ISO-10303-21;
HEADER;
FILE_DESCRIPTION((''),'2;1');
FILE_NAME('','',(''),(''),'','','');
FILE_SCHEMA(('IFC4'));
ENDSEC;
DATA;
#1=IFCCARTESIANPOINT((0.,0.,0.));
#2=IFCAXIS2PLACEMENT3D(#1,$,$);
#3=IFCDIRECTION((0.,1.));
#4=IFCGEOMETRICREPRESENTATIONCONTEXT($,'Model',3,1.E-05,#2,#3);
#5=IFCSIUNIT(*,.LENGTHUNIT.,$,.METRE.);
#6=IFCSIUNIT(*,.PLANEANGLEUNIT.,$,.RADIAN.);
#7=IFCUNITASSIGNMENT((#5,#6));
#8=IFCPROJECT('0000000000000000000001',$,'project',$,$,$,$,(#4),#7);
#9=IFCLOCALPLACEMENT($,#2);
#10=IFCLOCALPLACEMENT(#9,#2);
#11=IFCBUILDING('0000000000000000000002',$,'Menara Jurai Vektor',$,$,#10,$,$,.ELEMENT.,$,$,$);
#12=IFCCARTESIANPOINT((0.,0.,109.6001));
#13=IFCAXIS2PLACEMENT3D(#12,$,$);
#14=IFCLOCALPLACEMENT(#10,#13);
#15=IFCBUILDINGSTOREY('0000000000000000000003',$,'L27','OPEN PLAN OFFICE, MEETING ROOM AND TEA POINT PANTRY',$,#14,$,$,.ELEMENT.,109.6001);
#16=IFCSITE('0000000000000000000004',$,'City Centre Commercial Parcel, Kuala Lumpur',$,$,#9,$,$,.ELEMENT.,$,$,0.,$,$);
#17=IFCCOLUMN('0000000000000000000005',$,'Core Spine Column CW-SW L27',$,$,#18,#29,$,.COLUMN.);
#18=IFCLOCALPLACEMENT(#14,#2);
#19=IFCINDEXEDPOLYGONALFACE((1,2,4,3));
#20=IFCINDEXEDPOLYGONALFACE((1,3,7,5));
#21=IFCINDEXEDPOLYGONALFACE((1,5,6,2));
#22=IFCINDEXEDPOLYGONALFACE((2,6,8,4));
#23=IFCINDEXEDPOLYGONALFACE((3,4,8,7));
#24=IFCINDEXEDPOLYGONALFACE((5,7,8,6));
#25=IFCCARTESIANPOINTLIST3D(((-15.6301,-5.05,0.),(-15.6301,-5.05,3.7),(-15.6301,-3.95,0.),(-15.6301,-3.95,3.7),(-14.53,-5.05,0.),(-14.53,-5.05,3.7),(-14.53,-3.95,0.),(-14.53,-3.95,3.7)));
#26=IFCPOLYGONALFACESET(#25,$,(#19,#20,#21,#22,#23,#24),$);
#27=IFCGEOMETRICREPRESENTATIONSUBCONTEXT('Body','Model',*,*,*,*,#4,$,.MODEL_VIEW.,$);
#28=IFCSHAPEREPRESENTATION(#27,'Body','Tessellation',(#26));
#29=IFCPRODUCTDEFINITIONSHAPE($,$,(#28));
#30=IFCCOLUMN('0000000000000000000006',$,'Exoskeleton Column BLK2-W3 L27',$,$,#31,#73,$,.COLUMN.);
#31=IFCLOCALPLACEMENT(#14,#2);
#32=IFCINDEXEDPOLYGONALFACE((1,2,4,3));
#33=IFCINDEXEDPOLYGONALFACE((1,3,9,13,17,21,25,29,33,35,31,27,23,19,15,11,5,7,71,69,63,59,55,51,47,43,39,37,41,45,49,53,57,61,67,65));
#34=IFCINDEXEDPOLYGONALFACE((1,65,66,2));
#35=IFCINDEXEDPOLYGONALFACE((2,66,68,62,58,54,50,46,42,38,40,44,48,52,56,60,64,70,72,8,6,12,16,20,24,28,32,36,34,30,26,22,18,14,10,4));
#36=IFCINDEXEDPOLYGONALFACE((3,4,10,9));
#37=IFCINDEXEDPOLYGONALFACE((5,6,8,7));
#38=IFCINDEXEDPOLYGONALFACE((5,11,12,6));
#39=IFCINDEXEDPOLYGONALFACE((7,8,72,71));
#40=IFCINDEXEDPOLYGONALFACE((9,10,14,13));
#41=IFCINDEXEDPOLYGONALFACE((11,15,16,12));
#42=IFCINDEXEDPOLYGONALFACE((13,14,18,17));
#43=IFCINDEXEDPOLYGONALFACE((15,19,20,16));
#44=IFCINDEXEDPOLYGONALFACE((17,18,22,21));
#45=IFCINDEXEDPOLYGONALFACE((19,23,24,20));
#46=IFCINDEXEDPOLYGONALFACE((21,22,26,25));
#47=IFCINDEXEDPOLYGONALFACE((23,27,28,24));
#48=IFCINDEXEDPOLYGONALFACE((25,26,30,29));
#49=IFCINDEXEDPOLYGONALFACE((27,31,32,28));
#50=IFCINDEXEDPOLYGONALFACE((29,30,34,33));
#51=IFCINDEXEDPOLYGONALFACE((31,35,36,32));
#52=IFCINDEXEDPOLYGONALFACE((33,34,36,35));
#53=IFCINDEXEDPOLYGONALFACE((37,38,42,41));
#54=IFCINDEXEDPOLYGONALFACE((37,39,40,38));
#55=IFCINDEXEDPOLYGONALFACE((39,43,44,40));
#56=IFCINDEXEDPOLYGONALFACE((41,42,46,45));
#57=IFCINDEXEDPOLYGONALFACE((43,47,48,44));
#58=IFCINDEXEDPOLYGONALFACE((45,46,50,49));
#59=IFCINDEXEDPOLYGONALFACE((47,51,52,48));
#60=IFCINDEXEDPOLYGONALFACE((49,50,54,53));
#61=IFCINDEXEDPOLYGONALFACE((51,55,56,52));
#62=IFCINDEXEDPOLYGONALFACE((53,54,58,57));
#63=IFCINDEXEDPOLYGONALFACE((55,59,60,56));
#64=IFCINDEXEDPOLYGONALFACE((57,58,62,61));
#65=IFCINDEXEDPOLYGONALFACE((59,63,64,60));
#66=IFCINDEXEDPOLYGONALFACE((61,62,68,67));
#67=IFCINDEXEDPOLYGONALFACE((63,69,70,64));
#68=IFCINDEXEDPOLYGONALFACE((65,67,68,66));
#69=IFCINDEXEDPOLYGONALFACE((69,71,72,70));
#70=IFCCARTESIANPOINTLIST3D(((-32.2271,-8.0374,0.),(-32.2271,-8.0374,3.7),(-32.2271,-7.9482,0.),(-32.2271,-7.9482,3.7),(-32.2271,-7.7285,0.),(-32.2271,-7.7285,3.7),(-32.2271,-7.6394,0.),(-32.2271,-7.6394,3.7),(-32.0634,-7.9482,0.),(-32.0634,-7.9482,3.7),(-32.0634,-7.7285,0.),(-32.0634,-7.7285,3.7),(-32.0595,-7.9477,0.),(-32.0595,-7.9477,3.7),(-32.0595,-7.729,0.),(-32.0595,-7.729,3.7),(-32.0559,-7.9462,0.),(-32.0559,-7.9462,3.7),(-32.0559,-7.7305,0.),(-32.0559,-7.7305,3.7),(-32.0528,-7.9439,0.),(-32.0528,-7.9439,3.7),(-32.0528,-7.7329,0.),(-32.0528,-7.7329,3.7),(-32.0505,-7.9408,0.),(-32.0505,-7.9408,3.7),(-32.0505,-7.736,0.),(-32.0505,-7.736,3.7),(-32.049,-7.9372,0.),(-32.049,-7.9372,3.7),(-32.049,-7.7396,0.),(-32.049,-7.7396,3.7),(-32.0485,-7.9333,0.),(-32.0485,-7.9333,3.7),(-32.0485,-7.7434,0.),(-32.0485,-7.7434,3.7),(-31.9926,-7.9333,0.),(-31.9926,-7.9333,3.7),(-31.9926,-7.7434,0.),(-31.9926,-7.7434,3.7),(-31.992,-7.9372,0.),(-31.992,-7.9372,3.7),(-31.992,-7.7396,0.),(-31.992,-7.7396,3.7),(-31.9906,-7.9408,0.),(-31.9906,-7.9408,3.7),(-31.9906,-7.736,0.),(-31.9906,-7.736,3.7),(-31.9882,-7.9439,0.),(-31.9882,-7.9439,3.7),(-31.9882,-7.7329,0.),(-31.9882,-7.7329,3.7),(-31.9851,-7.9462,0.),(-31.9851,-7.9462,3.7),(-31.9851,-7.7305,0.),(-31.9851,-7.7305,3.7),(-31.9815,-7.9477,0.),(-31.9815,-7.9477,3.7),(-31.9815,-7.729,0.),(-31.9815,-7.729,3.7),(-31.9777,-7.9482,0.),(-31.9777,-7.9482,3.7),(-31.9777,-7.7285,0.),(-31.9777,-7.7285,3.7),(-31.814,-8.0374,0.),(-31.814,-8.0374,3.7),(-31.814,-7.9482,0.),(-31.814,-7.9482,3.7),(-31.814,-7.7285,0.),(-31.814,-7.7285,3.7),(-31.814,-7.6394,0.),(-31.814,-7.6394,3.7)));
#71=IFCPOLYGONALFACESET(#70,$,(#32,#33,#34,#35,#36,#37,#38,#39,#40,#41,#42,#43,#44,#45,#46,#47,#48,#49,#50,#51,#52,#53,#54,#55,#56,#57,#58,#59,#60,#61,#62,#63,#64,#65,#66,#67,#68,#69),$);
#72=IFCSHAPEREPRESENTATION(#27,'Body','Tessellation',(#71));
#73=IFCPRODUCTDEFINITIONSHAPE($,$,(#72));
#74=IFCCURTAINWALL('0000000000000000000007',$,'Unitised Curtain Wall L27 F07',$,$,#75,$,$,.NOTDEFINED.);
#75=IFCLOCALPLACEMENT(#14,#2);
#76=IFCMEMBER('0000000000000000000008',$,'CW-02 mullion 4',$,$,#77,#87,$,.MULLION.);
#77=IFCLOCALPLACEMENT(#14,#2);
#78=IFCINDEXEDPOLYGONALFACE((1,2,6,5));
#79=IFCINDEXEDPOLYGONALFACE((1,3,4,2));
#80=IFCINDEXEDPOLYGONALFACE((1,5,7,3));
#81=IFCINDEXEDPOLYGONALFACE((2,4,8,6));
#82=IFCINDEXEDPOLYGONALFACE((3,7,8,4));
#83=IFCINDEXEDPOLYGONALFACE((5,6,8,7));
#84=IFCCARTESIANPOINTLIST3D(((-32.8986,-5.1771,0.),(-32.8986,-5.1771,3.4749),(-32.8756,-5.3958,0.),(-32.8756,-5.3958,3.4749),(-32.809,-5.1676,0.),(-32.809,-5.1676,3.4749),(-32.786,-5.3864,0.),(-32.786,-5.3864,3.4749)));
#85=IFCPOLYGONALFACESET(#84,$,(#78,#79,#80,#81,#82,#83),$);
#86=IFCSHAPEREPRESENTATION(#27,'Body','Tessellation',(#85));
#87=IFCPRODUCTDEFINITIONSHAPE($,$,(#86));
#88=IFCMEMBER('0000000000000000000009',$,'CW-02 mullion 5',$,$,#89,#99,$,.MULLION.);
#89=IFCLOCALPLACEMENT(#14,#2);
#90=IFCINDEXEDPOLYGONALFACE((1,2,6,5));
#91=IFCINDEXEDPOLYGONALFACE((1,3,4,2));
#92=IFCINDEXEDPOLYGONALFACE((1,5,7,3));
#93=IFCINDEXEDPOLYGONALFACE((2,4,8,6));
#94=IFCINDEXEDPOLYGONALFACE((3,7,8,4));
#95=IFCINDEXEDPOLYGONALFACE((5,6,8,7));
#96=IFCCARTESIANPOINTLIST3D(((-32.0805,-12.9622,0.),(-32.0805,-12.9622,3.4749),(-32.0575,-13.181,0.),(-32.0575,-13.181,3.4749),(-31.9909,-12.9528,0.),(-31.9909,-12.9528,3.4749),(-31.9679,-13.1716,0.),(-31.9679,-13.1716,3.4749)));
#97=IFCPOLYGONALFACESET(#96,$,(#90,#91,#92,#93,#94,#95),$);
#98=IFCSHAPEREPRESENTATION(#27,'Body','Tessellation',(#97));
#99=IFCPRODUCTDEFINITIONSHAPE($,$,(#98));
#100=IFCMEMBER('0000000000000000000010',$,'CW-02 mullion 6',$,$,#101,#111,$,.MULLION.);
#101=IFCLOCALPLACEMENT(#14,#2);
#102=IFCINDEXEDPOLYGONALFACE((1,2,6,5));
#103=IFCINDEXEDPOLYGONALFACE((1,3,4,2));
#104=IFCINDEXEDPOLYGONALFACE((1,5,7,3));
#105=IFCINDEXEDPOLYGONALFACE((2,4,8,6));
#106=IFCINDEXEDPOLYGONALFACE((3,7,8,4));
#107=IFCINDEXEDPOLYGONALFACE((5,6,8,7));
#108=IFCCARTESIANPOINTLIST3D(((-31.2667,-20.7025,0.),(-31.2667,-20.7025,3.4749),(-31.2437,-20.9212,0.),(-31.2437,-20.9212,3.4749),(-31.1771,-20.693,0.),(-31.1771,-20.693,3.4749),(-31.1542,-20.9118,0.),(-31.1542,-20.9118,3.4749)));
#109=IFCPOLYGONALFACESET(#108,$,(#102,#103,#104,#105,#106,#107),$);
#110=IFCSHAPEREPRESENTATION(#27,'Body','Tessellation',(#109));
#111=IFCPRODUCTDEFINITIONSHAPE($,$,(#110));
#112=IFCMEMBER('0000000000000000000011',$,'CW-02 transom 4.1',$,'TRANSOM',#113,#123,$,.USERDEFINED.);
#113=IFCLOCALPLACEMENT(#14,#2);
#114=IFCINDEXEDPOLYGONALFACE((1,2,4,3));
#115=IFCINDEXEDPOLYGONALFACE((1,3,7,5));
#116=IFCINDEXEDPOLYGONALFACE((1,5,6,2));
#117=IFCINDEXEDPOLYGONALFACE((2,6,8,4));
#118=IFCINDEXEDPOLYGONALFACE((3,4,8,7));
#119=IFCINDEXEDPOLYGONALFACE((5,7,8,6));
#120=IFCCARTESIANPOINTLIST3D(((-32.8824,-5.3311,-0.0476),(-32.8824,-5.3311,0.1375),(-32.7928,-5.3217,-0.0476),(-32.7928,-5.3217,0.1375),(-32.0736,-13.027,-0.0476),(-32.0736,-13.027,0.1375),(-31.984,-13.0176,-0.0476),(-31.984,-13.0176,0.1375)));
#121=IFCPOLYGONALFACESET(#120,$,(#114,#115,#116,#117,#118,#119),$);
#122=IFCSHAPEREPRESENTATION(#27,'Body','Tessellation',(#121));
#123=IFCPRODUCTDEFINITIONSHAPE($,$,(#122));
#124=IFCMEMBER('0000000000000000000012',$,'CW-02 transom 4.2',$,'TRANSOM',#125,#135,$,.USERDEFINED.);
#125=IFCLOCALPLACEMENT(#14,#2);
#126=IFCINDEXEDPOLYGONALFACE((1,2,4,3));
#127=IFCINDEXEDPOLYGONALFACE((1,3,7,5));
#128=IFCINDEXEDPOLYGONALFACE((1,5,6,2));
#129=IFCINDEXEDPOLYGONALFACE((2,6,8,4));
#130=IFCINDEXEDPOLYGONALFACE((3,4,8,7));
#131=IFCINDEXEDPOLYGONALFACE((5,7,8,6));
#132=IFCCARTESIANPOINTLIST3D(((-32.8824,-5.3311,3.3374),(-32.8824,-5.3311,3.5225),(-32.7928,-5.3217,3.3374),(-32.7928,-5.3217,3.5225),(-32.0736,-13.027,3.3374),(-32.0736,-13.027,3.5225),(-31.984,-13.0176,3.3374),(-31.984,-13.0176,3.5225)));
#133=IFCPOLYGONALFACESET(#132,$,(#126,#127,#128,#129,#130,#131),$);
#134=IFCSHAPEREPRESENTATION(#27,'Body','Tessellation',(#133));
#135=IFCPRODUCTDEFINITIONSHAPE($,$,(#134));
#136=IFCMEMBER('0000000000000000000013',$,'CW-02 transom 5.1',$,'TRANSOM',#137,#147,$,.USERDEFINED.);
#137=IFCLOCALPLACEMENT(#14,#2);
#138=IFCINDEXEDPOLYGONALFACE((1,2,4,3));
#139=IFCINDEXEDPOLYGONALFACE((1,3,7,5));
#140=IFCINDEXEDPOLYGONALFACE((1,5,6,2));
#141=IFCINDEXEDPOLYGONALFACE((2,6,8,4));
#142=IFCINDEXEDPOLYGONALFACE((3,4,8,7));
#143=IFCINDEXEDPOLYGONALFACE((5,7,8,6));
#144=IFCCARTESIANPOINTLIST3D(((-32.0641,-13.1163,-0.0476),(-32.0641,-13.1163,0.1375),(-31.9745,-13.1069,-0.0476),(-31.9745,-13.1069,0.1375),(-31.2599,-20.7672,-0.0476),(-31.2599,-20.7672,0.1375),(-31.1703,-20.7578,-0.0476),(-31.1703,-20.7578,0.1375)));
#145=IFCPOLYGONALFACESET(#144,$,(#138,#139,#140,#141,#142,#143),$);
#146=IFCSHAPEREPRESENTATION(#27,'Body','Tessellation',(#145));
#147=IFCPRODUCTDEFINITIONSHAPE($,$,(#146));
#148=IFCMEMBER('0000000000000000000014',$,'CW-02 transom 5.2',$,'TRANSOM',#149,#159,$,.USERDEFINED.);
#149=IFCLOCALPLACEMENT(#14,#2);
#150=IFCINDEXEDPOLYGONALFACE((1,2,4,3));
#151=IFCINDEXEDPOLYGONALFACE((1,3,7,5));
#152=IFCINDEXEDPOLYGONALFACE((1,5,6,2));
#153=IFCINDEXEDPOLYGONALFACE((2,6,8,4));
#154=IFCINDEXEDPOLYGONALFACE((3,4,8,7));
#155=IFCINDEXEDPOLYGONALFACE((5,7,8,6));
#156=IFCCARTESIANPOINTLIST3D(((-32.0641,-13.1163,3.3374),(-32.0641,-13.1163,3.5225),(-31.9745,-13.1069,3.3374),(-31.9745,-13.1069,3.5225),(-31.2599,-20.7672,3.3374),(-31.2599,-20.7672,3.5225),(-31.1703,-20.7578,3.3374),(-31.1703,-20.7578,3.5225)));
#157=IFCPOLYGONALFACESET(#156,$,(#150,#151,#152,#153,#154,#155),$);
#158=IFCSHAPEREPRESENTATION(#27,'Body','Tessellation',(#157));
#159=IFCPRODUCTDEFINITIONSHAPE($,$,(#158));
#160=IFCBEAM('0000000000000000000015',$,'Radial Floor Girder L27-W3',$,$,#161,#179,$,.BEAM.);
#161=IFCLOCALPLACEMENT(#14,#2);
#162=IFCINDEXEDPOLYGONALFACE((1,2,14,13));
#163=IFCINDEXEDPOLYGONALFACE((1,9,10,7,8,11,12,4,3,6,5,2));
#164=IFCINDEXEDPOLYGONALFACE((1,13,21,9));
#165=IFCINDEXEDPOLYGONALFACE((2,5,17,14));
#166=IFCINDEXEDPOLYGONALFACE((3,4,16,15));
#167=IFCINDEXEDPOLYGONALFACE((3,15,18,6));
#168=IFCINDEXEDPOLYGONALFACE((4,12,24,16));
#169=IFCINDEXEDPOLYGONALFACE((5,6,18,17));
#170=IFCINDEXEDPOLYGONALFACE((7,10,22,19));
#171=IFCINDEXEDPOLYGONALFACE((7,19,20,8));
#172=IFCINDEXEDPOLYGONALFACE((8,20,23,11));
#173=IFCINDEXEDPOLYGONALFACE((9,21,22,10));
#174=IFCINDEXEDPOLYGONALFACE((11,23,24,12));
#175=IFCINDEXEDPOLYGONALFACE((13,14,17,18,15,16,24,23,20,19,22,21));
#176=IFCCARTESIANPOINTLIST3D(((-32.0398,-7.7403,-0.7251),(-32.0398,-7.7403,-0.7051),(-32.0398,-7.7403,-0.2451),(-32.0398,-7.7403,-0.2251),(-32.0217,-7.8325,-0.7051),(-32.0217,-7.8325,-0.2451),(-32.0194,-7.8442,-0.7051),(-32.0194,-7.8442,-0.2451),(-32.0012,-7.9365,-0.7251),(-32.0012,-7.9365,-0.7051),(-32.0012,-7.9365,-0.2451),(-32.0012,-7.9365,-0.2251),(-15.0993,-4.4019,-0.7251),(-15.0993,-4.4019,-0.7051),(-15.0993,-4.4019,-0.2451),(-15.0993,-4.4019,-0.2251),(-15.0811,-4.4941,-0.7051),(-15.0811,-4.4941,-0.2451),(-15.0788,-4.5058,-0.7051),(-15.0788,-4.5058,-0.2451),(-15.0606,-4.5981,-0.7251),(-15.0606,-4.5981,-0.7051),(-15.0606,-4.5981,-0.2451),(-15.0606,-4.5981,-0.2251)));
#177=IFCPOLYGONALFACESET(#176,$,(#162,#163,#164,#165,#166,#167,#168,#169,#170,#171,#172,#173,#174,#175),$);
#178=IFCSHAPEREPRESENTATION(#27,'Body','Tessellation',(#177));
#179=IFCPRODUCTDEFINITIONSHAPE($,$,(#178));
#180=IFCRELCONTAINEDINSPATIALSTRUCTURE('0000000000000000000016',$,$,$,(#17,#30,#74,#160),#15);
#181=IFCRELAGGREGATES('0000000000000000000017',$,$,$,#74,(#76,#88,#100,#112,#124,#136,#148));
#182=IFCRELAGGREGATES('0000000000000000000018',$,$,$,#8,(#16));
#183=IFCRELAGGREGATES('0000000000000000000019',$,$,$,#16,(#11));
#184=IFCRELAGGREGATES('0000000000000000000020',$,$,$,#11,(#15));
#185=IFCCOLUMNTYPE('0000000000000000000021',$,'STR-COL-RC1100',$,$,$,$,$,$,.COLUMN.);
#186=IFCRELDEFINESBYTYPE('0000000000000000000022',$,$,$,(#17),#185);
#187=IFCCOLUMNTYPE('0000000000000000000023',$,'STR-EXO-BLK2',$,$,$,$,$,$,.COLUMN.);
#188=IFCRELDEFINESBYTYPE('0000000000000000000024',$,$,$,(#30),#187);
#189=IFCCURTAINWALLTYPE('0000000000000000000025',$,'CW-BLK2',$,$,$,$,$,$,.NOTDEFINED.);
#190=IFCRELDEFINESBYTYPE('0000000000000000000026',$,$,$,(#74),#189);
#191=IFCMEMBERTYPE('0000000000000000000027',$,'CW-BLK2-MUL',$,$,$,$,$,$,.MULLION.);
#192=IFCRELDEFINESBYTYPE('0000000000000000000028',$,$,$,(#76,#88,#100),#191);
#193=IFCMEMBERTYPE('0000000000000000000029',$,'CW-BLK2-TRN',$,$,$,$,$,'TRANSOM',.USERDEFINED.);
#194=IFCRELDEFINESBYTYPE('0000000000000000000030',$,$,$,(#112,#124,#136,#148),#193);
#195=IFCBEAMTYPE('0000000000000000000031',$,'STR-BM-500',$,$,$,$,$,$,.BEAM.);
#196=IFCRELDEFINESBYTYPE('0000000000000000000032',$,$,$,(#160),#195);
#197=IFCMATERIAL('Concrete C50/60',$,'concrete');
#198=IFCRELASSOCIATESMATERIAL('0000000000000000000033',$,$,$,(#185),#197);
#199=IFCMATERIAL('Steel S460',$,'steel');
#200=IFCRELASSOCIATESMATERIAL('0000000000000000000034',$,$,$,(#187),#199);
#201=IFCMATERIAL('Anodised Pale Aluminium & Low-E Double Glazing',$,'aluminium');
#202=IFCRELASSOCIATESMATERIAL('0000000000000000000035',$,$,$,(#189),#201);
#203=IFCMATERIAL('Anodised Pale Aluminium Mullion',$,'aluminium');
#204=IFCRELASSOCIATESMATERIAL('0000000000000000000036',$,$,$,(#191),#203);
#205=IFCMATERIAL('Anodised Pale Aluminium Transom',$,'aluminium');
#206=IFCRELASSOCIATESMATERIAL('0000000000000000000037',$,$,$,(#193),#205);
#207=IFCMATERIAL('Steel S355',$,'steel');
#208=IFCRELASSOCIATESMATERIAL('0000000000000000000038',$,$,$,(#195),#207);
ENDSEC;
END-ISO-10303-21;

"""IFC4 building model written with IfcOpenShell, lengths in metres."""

from ifc_helpers import new_model, si_unit, direction, frame, origin, origin_2d, place, context, subcontext, project, spatial, rectangle, i_section, extrude, material, material_profile, profile_set, type_object, element, aggregate, save


model = new_model("IFC4")

# Units and contexts
model_context = context("Model", 3, precision=1e-05, world=origin(), true_north=direction((0.0, 1.0)))
body_context = subcontext(model_context, "Body", "Model", "MODEL_VIEW")
ifc_project = project(units=[si_unit("LENGTHUNIT", "METRE"), si_unit("PLANEANGLEUNIT", "RADIAN")], contexts=[model_context])

# Site, building, storey
site_placement = place(None, origin())
site = spatial("IfcSite", under=ifc_project, at=site_placement, Name="City Centre Commercial Parcel, Kuala Lumpur", CompositionType="ELEMENT", RefElevation=0.0)
building_placement = place(site_placement, origin())
building = spatial("IfcBuilding", under=site, at=building_placement, Name="Menara Jurai Vektor", CompositionType="ELEMENT")
storey_placement = place(building_placement, frame((0.0, 0.0, 109.6001)))
storey = spatial("IfcBuildingStorey", under=building, at=storey_placement, Name="L27", Description="OPEN PLAN OFFICE, MEETING ROOM AND TEA POINT PANTRY", CompositionType="ELEMENT", Elevation=109.6001)

# Columns
ifc_material_1 = material(Name="Concrete C50/60", Category="concrete")
ifc_material_profile_1 = material_profile(ifc_material_1, rectangle(XDim=1.1001, YDim=1.1001, at=origin_2d()), Name="RC 1100x1100")
ifc_profile_set_1 = profile_set([ifc_material_profile_1], Name="Concrete C50/60")
column_type_1 = type_object("IfcColumnType", Name="STR-COL-RC1100", PredefinedType="COLUMN", material=ifc_profile_set_1)
column_1_placement = place(storey_placement, frame((-15.0801, -4.5, 0.0), z_axis=(0.0, 0.0, 1.0), x_axis=(1.0, 0.0, 0.0)))
element("IfcColumn", 1, at=column_1_placement, inside=storey, type_object=column_type_1, Name="Core Spine Column CW-SW L27", PredefinedType="COLUMN", context=body_context, shape_type="SweptSolid", body=[
    extrude(rectangle(XDim=1.1001, YDim=1.1001, at=origin_2d()), origin(), (0.0, 0.0, 1.0), 3.7),
])
ifc_material_2 = material(Name="Steel S460", Category="steel")
ifc_material_profile_2 = material_profile(ifc_material_2, i_section(OverallWidth=0.4131, OverallDepth=0.3979, WebThickness=0.0559, FlangeThickness=0.0891, FilletRadius=0.0149, at=origin_2d()), Name="HD 400x744")
ifc_profile_set_2 = profile_set([ifc_material_profile_2], Name="Steel S460")
column_type_2 = type_object("IfcColumnType", Name="STR-EXO-BLK2", PredefinedType="COLUMN", material=ifc_profile_set_2)
column_2_placement = place(storey_placement, frame((-32.0205, -7.8384, 0.0), z_axis=(0.0, 0.0, 1.0), x_axis=(1.0, 0.0, 0.0)))
element("IfcColumn", 2, at=column_2_placement, inside=storey, type_object=column_type_2, Name="Exoskeleton Column BLK2-W3 L27", PredefinedType="COLUMN", context=body_context, shape_type="SweptSolid", body=[
    extrude(i_section(OverallWidth=0.4131, OverallDepth=0.3979, WebThickness=0.0559, FlangeThickness=0.0891, FilletRadius=0.0149, at=origin_2d()), origin(), (0.0, 0.0, 1.0), 3.7),
])

# Curtain wall, members
ifc_material_3 = material(Name="Anodised Pale Aluminium & Low-E Double Glazing", Category="aluminium")
curtain_wall_type = type_object("IfcCurtainWallType", Name="CW-BLK2", PredefinedType="NOTDEFINED", material=ifc_material_3)
curtain_wall_placement = place(storey_placement, origin())
curtain_wall = element("IfcCurtainWall", 3, at=curtain_wall_placement, inside=storey, type_object=curtain_wall_type, Name="Unitised Curtain Wall L27 F07", PredefinedType="NOTDEFINED")
ifc_material_4 = material(Name="Anodised Pale Aluminium Mullion", Category="aluminium")
ifc_material_profile_3 = material_profile(ifc_material_4, rectangle(XDim=0.0901, YDim=0.22, at=origin_2d()), Name="ALU MUL 90x220")
ifc_profile_set_3 = profile_set([ifc_material_profile_3], Name="Anodised Pale Aluminium Mullion")
member_type_1 = type_object("IfcMemberType", Name="CW-BLK2-MUL", PredefinedType="MULLION", material=ifc_profile_set_3)
member_1_placement = place(storey_placement, frame((-32.8423, -5.2817, 0.0), z_axis=(0.0, 0.0, 1.0), x_axis=(0.994522, 0.10453, 0.0)))
member_1 = element("IfcMember", 4, at=member_1_placement, type_object=member_type_1, Name="CW-02 mullion 4", PredefinedType="MULLION", context=body_context, shape_type="SweptSolid", body=[
    extrude(rectangle(XDim=0.0901, YDim=0.22, at=origin_2d()), origin(), (0.0, 0.0, 1.0), 3.4749),
])
member_2_placement = place(storey_placement, frame((-32.0242, -13.0669, 0.0), z_axis=(0.0, 0.0, 1.0), x_axis=(0.994522, 0.10453, 0.0)))
member_2 = element("IfcMember", 5, at=member_2_placement, type_object=member_type_1, Name="CW-02 mullion 5", PredefinedType="MULLION", context=body_context, shape_type="SweptSolid", body=[
    extrude(rectangle(XDim=0.0901, YDim=0.22, at=origin_2d()), origin(), (0.0, 0.0, 1.0), 3.4749),
])
member_3_placement = place(storey_placement, frame((-31.2104, -20.8071, 0.0), z_axis=(0.0, 0.0, 1.0), x_axis=(0.994522, 0.10453, 0.0)))
member_3 = element("IfcMember", 6, at=member_3_placement, type_object=member_type_1, Name="CW-02 mullion 6", PredefinedType="MULLION", context=body_context, shape_type="SweptSolid", body=[
    extrude(rectangle(XDim=0.0901, YDim=0.22, at=origin_2d()), origin(), (0.0, 0.0, 1.0), 3.4749),
])
ifc_material_5 = material(Name="Anodised Pale Aluminium Transom", Category="aluminium")
ifc_material_profile_4 = material_profile(ifc_material_5, rectangle(XDim=0.0901, YDim=0.1851, at=origin_2d()), Name="ALU TRN 90x185")
ifc_profile_set_4 = profile_set([ifc_material_profile_4], Name="Anodised Pale Aluminium Transom")
member_type_2 = type_object("IfcMemberType", Name="CW-BLK2-TRN", ElementType="TRANSOM", PredefinedType="USERDEFINED", material=ifc_profile_set_4)
member_4_placement = place(storey_placement, frame((-32.8376, -5.3264, 0.0449), z_axis=(0.104525, -0.994522, 0.0), x_axis=(0.994522, 0.104525, 0.0)))
member_4 = element("IfcMember", 7, at=member_4_placement, type_object=member_type_2, Name="CW-02 transom 4.1", ObjectType="TRANSOM", PredefinedType="USERDEFINED", context=body_context, shape_type="SweptSolid", body=[
    extrude(rectangle(XDim=0.0901, YDim=0.1851, at=origin_2d()), origin(), (0.0, 0.0, 1.0), 7.7383),
])
member_5_placement = place(storey_placement, frame((-32.8376, -5.3264, 3.4299), z_axis=(0.104525, -0.994522, 0.0), x_axis=(0.994522, 0.104525, 0.0)))
member_5 = element("IfcMember", 8, at=member_5_placement, type_object=member_type_2, Name="CW-02 transom 4.2", ObjectType="TRANSOM", PredefinedType="USERDEFINED", context=body_context, shape_type="SweptSolid", body=[
    extrude(rectangle(XDim=0.0901, YDim=0.1851, at=origin_2d()), origin(), (0.0, 0.0, 1.0), 7.7383),
])
member_6_placement = place(storey_placement, frame((-32.0193, -13.1116, 0.0449), z_axis=(0.104536, -0.994521, 0.0), x_axis=(0.994521, 0.104536, 0.0)))
member_6 = element("IfcMember", 9, at=member_6_placement, type_object=member_type_2, Name="CW-02 transom 5.1", ObjectType="TRANSOM", PredefinedType="USERDEFINED", context=body_context, shape_type="SweptSolid", body=[
    extrude(rectangle(XDim=0.0901, YDim=0.1851, at=origin_2d()), origin(), (0.0, 0.0, 1.0), 7.6931),
])
member_7_placement = place(storey_placement, frame((-32.0193, -13.1116, 3.4299), z_axis=(0.104536, -0.994521, 0.0), x_axis=(0.994521, 0.104536, 0.0)))
member_7 = element("IfcMember", 10, at=member_7_placement, type_object=member_type_2, Name="CW-02 transom 5.2", ObjectType="TRANSOM", PredefinedType="USERDEFINED", context=body_context, shape_type="SweptSolid", body=[
    extrude(rectangle(XDim=0.0901, YDim=0.1851, at=origin_2d()), origin(), (0.0, 0.0, 1.0), 7.6931),
])

# Beam
ifc_material_6 = material(Name="Steel S355", Category="steel")
ifc_material_profile_5 = material_profile(ifc_material_6, i_section(OverallWidth=0.2, OverallDepth=0.5, WebThickness=0.012, FlangeThickness=0.02, at=origin_2d()), Name="PG 500x200x96")
ifc_profile_set_5 = profile_set([ifc_material_profile_5], Name="Steel S355")
beam_type_1 = type_object("IfcBeamType", Name="STR-BM-500", PredefinedType="BEAM", material=ifc_profile_set_5)
beam_1_placement = place(storey_placement, frame((-32.0205, -7.8384, -0.4751), z_axis=(0.98113, 0.193347, 0.0), x_axis=(-0.193347, 0.98113, 0.0)))
element("IfcBeam", 11, at=beam_1_placement, inside=storey, type_object=beam_type_1, Name="Radial Floor Girder L27-W3", PredefinedType="BEAM", context=body_context, shape_type="SweptSolid", body=[
    extrude(i_section(OverallWidth=0.2, OverallDepth=0.5, WebThickness=0.012, FlangeThickness=0.02, at=origin_2d()), origin(), (0.0, 0.0, 1.0), 17.2664),
])

aggregate(curtain_wall, [member_1, member_2, member_3, member_4, member_5, member_6, member_7])

save(model, "model.ifc")
